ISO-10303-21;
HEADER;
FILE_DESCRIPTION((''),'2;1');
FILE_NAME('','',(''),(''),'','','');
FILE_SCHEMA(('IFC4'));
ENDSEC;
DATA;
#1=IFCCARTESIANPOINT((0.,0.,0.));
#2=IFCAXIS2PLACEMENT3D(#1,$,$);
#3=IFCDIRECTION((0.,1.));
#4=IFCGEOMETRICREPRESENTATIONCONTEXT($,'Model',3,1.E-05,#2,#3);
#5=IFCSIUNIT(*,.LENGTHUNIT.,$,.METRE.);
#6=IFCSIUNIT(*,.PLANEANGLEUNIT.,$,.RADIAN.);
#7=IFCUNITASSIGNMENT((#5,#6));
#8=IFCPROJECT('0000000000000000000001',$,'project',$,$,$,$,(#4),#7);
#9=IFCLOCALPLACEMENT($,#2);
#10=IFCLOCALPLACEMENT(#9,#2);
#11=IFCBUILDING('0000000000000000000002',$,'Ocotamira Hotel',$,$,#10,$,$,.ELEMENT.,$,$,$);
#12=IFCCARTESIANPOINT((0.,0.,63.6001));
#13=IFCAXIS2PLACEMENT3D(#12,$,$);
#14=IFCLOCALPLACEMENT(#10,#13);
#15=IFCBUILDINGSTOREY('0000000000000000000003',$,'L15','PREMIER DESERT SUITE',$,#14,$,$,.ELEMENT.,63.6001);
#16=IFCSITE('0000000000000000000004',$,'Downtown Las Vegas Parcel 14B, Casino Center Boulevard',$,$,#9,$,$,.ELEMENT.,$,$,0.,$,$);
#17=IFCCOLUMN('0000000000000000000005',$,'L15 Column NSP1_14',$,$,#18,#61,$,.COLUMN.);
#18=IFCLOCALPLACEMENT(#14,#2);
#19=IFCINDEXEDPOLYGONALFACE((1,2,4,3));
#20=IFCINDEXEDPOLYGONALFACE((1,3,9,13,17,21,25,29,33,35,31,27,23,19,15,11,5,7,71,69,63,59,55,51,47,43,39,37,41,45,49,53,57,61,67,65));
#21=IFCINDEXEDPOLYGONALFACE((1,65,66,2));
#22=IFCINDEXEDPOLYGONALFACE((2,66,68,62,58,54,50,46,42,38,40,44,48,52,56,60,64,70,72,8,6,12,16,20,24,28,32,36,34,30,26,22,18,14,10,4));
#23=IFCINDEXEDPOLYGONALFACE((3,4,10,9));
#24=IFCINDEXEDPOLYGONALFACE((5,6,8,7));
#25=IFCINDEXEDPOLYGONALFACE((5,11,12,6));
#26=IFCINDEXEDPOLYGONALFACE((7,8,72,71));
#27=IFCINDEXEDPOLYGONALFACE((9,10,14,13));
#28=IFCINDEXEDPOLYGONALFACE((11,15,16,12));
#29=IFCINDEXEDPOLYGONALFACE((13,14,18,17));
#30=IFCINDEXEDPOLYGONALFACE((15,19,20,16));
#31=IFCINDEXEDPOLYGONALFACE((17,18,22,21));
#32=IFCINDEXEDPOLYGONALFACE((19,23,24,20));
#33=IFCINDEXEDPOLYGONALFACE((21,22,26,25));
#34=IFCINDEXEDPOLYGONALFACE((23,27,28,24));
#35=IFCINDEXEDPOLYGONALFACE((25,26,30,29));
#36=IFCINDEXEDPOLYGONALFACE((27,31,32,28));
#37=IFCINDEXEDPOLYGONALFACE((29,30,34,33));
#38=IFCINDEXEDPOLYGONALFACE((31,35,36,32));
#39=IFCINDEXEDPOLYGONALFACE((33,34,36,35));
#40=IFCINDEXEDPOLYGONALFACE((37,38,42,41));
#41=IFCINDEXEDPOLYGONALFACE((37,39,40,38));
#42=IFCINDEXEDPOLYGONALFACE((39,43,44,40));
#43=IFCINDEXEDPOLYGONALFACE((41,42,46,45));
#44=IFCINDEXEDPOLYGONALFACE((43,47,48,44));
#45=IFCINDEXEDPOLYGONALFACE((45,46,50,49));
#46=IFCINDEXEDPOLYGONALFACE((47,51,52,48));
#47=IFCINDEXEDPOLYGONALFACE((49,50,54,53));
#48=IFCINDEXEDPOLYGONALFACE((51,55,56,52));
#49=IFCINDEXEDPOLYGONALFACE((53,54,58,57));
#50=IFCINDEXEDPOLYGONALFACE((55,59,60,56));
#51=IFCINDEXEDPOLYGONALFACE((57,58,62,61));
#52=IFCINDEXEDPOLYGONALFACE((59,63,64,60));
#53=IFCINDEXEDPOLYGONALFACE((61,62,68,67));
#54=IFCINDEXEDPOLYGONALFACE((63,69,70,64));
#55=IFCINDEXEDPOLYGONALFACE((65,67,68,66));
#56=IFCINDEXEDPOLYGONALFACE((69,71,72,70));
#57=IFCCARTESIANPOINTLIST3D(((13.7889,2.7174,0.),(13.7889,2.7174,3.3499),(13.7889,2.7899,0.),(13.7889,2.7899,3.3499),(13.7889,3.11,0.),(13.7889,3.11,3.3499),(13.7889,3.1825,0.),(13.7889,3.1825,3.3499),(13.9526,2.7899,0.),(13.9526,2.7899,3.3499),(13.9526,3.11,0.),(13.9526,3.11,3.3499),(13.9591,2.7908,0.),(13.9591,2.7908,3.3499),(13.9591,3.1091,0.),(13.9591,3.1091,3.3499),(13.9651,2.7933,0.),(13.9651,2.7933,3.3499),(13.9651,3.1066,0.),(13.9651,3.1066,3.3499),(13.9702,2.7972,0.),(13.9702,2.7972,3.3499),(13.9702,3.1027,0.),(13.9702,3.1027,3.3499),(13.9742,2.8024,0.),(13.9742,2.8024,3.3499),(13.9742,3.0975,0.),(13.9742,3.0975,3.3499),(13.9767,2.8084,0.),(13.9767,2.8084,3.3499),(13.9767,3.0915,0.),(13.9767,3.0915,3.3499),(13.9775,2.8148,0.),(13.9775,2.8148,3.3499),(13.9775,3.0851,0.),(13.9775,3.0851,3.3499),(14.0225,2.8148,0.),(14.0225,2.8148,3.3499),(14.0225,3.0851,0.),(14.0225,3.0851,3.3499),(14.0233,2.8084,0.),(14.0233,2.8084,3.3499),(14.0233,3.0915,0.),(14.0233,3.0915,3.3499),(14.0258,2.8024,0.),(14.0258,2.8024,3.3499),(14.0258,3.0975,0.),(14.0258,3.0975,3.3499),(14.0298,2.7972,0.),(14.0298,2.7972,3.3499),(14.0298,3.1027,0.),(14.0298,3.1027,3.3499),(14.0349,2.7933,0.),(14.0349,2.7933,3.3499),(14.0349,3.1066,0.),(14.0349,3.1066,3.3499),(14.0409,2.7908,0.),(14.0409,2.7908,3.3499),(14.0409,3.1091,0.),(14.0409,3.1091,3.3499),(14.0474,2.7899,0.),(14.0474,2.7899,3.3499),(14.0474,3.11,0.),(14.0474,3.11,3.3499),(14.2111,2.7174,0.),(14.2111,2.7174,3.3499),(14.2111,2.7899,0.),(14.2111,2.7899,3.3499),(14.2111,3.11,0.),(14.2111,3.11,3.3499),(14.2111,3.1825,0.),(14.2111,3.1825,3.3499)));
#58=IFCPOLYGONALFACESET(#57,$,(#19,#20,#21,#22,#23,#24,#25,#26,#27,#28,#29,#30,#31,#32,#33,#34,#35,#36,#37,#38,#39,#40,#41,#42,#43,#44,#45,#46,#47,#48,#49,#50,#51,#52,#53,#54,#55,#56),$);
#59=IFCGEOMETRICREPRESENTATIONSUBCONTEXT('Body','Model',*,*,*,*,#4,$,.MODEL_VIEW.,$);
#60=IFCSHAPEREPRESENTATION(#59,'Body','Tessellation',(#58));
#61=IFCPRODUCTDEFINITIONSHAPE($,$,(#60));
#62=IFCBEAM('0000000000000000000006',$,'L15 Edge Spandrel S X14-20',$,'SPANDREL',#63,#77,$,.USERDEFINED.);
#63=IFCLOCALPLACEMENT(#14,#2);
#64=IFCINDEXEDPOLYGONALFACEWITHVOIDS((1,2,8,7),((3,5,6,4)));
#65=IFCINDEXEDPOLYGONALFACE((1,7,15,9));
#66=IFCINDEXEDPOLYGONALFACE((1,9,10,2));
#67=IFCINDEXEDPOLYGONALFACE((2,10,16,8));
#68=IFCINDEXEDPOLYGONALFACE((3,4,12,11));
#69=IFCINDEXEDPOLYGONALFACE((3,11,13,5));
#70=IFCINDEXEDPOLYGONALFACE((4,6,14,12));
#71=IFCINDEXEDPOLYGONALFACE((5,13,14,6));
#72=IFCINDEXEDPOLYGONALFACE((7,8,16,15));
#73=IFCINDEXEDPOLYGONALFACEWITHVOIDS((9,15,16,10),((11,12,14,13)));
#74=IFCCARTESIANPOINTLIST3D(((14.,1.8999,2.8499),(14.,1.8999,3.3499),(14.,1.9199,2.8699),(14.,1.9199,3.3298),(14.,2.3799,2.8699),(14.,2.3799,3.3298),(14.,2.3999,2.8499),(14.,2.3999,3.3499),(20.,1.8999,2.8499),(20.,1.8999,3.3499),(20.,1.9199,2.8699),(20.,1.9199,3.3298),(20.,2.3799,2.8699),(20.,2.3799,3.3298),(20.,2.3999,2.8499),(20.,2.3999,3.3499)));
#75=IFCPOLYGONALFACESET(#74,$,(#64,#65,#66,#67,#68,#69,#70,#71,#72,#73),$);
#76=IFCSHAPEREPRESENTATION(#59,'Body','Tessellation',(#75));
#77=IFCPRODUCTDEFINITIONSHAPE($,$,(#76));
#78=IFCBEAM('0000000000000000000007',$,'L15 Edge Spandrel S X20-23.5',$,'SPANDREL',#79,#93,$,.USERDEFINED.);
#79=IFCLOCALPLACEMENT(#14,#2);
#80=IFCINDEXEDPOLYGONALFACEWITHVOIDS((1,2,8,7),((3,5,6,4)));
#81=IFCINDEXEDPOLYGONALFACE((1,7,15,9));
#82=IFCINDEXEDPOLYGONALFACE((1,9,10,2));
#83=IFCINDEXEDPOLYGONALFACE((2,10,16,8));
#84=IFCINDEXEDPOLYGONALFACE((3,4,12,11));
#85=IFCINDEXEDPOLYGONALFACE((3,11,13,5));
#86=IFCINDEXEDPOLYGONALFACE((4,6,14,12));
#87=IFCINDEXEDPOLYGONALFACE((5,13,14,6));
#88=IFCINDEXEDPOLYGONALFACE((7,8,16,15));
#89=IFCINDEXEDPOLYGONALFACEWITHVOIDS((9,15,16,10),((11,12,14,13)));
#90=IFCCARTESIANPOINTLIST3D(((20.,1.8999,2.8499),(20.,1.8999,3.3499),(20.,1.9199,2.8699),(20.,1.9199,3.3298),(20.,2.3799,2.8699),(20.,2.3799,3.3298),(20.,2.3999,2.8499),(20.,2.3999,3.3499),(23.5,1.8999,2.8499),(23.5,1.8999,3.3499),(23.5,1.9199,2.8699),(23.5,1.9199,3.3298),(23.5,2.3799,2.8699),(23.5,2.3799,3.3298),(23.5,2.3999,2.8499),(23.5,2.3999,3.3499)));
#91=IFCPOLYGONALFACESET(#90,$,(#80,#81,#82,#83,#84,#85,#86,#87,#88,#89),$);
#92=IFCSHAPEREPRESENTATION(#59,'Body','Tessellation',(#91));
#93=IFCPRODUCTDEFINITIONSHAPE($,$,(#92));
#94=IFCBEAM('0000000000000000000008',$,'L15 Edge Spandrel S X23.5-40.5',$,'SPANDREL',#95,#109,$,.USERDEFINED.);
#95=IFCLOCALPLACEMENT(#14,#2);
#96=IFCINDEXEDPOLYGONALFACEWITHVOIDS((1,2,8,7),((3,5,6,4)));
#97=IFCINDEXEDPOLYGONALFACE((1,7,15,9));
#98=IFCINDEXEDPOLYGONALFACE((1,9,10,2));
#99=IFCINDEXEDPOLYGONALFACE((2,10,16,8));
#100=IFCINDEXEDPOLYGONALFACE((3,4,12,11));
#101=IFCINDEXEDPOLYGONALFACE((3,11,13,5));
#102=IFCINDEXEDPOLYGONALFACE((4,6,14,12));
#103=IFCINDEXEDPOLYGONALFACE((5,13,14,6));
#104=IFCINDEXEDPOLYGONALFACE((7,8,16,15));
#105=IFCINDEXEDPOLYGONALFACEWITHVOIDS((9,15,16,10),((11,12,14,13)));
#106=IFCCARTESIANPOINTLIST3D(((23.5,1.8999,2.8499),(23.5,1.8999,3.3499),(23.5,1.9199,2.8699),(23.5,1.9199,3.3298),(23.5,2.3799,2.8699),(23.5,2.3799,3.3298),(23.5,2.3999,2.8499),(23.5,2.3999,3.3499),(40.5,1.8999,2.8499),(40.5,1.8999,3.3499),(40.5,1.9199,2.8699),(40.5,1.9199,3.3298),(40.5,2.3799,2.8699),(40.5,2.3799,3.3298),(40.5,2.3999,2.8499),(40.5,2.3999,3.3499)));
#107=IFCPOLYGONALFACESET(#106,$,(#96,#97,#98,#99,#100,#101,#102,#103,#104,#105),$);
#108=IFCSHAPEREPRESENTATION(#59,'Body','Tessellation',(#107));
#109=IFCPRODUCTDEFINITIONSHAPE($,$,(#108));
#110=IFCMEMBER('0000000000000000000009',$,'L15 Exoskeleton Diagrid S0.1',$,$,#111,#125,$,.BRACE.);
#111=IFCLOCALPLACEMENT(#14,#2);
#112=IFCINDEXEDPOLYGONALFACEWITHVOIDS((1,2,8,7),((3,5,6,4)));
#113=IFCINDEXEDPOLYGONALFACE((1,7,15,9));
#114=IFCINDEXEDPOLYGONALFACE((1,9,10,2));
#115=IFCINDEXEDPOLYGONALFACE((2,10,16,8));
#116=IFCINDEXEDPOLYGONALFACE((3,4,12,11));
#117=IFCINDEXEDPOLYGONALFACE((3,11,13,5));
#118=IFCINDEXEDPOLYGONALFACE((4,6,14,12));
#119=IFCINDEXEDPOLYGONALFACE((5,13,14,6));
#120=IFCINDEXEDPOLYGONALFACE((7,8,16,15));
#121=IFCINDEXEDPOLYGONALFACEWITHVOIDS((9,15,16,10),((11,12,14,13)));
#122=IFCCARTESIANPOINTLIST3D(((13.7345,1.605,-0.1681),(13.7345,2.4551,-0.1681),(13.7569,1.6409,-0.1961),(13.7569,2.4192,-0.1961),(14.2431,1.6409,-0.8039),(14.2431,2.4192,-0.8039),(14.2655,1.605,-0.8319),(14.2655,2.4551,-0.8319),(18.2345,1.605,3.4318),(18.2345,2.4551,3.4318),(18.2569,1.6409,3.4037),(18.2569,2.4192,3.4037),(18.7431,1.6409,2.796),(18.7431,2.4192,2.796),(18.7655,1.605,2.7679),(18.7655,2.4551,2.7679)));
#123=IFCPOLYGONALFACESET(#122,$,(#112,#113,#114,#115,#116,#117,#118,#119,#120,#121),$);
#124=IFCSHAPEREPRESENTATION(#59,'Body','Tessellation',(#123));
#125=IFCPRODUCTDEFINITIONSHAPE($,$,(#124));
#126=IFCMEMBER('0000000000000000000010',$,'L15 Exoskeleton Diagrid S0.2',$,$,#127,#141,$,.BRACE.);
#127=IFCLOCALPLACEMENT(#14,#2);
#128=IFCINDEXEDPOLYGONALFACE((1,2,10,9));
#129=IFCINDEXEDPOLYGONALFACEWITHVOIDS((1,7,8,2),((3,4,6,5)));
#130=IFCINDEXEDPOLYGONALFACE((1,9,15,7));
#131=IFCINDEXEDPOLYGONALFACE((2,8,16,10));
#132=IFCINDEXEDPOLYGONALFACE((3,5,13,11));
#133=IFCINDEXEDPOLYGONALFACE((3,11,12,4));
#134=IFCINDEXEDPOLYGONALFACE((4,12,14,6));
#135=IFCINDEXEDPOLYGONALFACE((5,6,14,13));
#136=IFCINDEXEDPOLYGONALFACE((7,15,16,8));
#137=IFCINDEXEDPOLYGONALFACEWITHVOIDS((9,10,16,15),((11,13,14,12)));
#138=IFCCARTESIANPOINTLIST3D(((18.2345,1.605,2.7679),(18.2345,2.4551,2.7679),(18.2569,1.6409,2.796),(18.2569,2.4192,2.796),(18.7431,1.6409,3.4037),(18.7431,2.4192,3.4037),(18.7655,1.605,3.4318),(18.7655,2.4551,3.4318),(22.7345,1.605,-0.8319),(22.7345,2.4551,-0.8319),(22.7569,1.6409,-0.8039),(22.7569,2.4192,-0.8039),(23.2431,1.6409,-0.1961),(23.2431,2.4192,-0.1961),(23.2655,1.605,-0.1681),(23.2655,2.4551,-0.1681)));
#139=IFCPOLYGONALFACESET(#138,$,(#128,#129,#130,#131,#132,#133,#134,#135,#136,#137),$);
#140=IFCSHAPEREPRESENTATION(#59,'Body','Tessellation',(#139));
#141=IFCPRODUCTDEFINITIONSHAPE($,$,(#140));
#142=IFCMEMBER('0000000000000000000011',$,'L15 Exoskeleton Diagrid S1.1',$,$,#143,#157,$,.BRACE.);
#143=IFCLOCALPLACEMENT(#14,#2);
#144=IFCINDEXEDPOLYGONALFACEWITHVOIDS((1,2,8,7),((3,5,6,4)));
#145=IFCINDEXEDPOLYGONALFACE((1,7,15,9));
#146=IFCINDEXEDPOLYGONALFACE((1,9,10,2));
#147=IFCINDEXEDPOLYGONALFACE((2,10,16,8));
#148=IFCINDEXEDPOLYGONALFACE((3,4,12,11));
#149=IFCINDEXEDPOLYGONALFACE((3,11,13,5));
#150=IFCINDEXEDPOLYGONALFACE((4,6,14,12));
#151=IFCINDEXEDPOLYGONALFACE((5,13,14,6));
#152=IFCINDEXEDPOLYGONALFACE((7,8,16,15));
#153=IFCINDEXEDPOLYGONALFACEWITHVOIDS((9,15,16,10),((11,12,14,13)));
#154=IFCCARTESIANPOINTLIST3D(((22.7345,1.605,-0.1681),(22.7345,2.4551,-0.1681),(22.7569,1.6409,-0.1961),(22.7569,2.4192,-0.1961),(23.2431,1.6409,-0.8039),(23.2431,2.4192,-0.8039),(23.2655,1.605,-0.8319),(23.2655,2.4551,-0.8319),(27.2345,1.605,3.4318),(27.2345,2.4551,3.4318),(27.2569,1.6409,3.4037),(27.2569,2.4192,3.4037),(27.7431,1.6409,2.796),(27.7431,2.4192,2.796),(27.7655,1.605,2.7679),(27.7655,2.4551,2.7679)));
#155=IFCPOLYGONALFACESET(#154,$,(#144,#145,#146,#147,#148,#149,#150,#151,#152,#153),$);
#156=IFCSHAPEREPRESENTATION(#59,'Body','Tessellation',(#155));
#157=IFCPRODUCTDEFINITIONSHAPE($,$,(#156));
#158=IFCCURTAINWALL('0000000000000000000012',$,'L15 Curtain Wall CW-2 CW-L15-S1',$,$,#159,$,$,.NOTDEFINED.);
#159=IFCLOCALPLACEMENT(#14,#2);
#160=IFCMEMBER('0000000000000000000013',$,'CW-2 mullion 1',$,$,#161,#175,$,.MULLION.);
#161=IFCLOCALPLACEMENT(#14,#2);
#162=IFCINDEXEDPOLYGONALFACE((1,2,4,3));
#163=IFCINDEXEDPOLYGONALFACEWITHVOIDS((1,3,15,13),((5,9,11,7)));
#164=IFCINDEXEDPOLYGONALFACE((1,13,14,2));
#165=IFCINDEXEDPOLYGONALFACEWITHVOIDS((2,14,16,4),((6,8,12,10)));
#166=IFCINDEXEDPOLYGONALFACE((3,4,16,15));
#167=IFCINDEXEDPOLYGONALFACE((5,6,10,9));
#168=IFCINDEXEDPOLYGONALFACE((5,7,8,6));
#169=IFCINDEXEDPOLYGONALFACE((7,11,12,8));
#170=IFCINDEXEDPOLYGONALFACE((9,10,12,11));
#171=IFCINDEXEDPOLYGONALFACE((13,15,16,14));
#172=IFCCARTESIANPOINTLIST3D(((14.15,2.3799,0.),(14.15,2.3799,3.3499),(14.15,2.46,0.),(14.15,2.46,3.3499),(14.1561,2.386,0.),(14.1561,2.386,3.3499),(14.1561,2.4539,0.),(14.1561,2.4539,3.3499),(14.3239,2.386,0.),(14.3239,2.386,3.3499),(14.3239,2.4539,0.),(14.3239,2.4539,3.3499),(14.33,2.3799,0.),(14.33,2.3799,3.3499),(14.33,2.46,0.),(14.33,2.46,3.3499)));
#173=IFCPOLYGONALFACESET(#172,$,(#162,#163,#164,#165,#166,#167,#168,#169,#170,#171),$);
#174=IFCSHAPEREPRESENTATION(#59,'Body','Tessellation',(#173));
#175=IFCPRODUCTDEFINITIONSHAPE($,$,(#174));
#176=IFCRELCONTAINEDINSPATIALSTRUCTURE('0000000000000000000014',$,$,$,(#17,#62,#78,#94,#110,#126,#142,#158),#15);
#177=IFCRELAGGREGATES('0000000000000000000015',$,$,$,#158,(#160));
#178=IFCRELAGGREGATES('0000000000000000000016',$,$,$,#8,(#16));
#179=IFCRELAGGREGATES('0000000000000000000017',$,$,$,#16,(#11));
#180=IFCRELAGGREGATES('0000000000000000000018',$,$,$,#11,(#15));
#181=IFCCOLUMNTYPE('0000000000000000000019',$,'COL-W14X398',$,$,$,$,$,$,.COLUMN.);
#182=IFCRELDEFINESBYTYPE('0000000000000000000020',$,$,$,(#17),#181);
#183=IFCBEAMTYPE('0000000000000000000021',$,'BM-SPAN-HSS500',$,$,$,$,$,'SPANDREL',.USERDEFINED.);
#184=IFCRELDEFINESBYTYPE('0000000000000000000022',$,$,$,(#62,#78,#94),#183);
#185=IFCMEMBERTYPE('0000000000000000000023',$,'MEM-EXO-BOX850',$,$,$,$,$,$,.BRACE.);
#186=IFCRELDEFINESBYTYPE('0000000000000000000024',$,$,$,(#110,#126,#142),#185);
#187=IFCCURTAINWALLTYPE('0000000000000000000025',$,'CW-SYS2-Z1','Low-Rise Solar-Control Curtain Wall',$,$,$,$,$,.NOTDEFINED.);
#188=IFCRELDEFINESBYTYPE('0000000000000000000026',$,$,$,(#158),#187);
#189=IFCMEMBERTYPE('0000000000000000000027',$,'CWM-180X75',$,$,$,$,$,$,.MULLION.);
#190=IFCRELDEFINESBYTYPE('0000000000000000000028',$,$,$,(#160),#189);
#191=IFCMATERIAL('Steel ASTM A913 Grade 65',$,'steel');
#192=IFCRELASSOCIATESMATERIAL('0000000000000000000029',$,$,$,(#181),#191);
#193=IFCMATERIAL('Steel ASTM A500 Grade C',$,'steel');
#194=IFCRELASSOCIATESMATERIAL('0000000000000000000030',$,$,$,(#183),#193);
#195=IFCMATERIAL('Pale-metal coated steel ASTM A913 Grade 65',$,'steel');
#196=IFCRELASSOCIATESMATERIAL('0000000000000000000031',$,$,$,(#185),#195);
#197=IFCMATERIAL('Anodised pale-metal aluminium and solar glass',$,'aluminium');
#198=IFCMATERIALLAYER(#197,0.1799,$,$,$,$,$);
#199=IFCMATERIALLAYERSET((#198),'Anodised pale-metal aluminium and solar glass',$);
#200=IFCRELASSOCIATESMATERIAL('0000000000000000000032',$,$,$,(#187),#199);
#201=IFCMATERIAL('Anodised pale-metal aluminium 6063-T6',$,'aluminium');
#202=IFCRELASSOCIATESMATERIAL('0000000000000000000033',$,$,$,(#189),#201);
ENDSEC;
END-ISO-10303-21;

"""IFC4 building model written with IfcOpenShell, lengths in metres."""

from ifc_helpers import new_model, si_unit, direction, frame, origin, origin_2d, place, context, subcontext, project, spatial, hollow_rectangle, i_section, extrude, source, transform, mapped, material, layer, layer_set, material_profile, profile_set, type_object, element, aggregate, save


model = new_model("IFC4")

# Units and contexts
model_context = context("Model", 3, precision=1e-05, world=origin(), true_north=direction((0.0, 1.0)))
body_context = subcontext(model_context, "Body", "Model", "MODEL_VIEW")
ifc_project = project(units=[si_unit("LENGTHUNIT", "METRE"), si_unit("PLANEANGLEUNIT", "RADIAN")], contexts=[model_context])

# Site, building, storey
site_placement = place(None, origin())
site = spatial("IfcSite", under=ifc_project, at=site_placement, Name="Downtown Las Vegas Parcel 14B, Casino Center Boulevard", CompositionType="ELEMENT", RefElevation=0.0)
building_placement = place(site_placement, origin())
building = spatial("IfcBuilding", under=site, at=building_placement, Name="Ocotamira Hotel", CompositionType="ELEMENT")
storey_placement = place(building_placement, frame((0.0, 0.0, 63.6001)))
storey = spatial("IfcBuildingStorey", under=building, at=storey_placement, Name="L15", Description="PREMIER DESERT SUITE", CompositionType="ELEMENT", Elevation=63.6001)

# Column
ifc_material_1 = material(Name="Steel ASTM A913 Grade 65", Category="steel")
ifc_material_profile_1 = material_profile(ifc_material_1, i_section(OverallWidth=0.4221, OverallDepth=0.4651, WebThickness=0.0449, FlangeThickness=0.0725, FilletRadius=0.0249, at=origin_2d()), Name="W14X398")
ifc_profile_set_1 = profile_set([ifc_material_profile_1], Name="Steel ASTM A913 Grade 65")
column_type = type_object("IfcColumnType", Name="COL-W14X398", PredefinedType="COLUMN", material=ifc_profile_set_1)
shared_shape_1 = source(origin(), body_context, "Body", "SweptSolid", [
    extrude(i_section(OverallWidth=0.4221, OverallDepth=0.4651, WebThickness=0.0449, FlangeThickness=0.0725, FilletRadius=0.0249, at=origin_2d()), origin(), (0.0, 0.0, 1.0), 3.3499),
])
column_placement = place(storey_placement, frame((14.0, 2.95, 0.0), z_axis=(0.0, 0.0, 1.0), x_axis=(1.0, 0.0, 0.0)))
element("IfcColumn", 1, at=column_placement, inside=storey, type_object=column_type, Name="L15 Column NSP1_14", PredefinedType="COLUMN", context=body_context, shape_type="MappedRepresentation", body=[
    mapped(shared_shape_1, transform((0.0, 0.0, 0.0), scale=1.0)),
])

# Beams
ifc_material_2 = material(Name="Steel ASTM A500 Grade C", Category="steel")
ifc_material_profile_2 = material_profile(ifc_material_2, hollow_rectangle(XDim=0.5, YDim=0.5, WallThickness=0.02, at=origin_2d()), Name="HSS500X500X20")
ifc_profile_set_2 = profile_set([ifc_material_profile_2], Name="Steel ASTM A500 Grade C")
beam_type = type_object("IfcBeamType", Name="BM-SPAN-HSS500", ElementType="SPANDREL", PredefinedType="USERDEFINED", material=ifc_profile_set_2)
shared_shape_2 = source(origin(), body_context, "Body", "SweptSolid", [
    extrude(hollow_rectangle(XDim=0.5, YDim=0.5, WallThickness=0.02, at=origin_2d()), origin(), (0.0, 0.0, 1.0), 6.0),
])
beam_1_placement = place(storey_placement, frame((14.0, 2.1499, 3.0999), z_axis=(1.0, 0.0, 0.0), x_axis=(0.0, 1.0, 0.0)))
element("IfcBeam", 2, at=beam_1_placement, inside=storey, type_object=beam_type, Name="L15 Edge Spandrel S X14-20", ObjectType="SPANDREL", PredefinedType="USERDEFINED", context=body_context, shape_type="MappedRepresentation", body=[
    mapped(shared_shape_2, transform((0.0, 0.0, 0.0), scale=1.0)),
])
shared_shape_3 = source(origin(), body_context, "Body", "SweptSolid", [
    extrude(hollow_rectangle(XDim=0.5, YDim=0.5, WallThickness=0.02, at=origin_2d()), origin(), (0.0, 0.0, 1.0), 3.5),
])
beam_2_placement = place(storey_placement, frame((20.0, 2.1499, 3.0999), z_axis=(1.0, 0.0, 0.0), x_axis=(0.0, 1.0, 0.0)))
element("IfcBeam", 3, at=beam_2_placement, inside=storey, type_object=beam_type, Name="L15 Edge Spandrel S X20-23.5", ObjectType="SPANDREL", PredefinedType="USERDEFINED", context=body_context, shape_type="MappedRepresentation", body=[
    mapped(shared_shape_3, transform((0.0, 0.0, 0.0), scale=1.0)),
])
shared_shape_4 = source(origin(), body_context, "Body", "SweptSolid", [
    extrude(hollow_rectangle(XDim=0.5, YDim=0.5, WallThickness=0.02, at=origin_2d()), origin(), (0.0, 0.0, 1.0), 17.0),
])
beam_3_placement = place(storey_placement, frame((23.5, 2.1499, 3.0999), z_axis=(1.0, 0.0, 0.0), x_axis=(0.0, 1.0, 0.0)))
element("IfcBeam", 4, at=beam_3_placement, inside=storey, type_object=beam_type, Name="L15 Edge Spandrel S X23.5-40.5", ObjectType="SPANDREL", PredefinedType="USERDEFINED", context=body_context, shape_type="MappedRepresentation", body=[
    mapped(shared_shape_4, transform((0.0, 0.0, 0.0), scale=1.0)),
])

# Members
ifc_material_3 = material(Name="Pale-metal coated steel ASTM A913 Grade 65", Category="steel")
ifc_material_profile_3 = material_profile(ifc_material_3, hollow_rectangle(XDim=0.8501, YDim=0.8501, WallThickness=0.0359, at=origin_2d()), Name="BOX850X850X36")
ifc_profile_set_3 = profile_set([ifc_material_profile_3], Name="Pale-metal coated steel ASTM A913 Grade 65")
member_type_1 = type_object("IfcMemberType", Name="MEM-EXO-BOX850", PredefinedType="BRACE", material=ifc_profile_set_3)
shared_shape_5 = source(origin(), body_context, "Body", "SweptSolid", [
    extrude(hollow_rectangle(XDim=0.8501, YDim=0.8501, WallThickness=0.0359, at=origin_2d()), origin(), (0.0, 0.0, 1.0), 5.7627),
])
for number, where, z_axis, x_axis, name in (
    (5, (14.0, 2.03, -0.5), (0.780881, 0.0, 0.62468), (0.0, 1.0, 0.0), "L15 Exoskeleton Diagrid S0.1"),
    (6, (23.0, 2.03, -0.5), (-0.780881, 0.0, 0.62468), (0.0, -1.0, 0.0), "L15 Exoskeleton Diagrid S0.2"),
    (7, (23.0, 2.03, -0.5), (0.780881, 0.0, 0.62468), (0.0, 1.0, 0.0), "L15 Exoskeleton Diagrid S1.1"),
):
    element("IfcMember", number, at=place(storey_placement, frame(where, z_axis=z_axis, x_axis=x_axis)), inside=storey, type_object=member_type_1, Name=name, PredefinedType="BRACE", context=body_context, shape_type="MappedRepresentation", body=[
        mapped(shared_shape_5, transform((0.0, 0.0, 0.0), scale=1.0)),
    ])

# Curtain wall, member
ifc_material_4 = material(Name="Anodised pale-metal aluminium and solar glass", Category="aluminium")
ifc_layer_1 = layer(ifc_material_4, 0.1799)
ifc_layer_set_1 = layer_set([ifc_layer_1], Name="Anodised pale-metal aluminium and solar glass")
curtain_wall_type = type_object("IfcCurtainWallType", Name="CW-SYS2-Z1", Description="Low-Rise Solar-Control Curtain Wall", PredefinedType="NOTDEFINED", material=ifc_layer_set_1)
curtain_wall_placement = place(storey_placement, origin())
curtain_wall = element("IfcCurtainWall", 8, at=curtain_wall_placement, inside=storey, type_object=curtain_wall_type, Name="L15 Curtain Wall CW-2 CW-L15-S1", PredefinedType="NOTDEFINED")
ifc_material_5 = material(Name="Anodised pale-metal aluminium 6063-T6", Category="aluminium")
ifc_material_profile_4 = material_profile(ifc_material_5, hollow_rectangle(XDim=0.0801, YDim=0.1799, WallThickness=0.0061, at=origin_2d()), Name="HSS180X80X6")
ifc_profile_set_4 = profile_set([ifc_material_profile_4], Name="Anodised pale-metal aluminium 6063-T6")
member_type_2 = type_object("IfcMemberType", Name="CWM-180X75", PredefinedType="MULLION", material=ifc_profile_set_4)
shared_shape_6 = source(origin(), body_context, "Body", "SweptSolid", [
    extrude(hollow_rectangle(XDim=0.0801, YDim=0.1799, WallThickness=0.0061, at=origin_2d()), origin(), (0.0, 0.0, 1.0), 3.3499),
])
member_1_placement = place(storey_placement, frame((14.24, 2.4199, 0.0), z_axis=(0.0, 0.0, 1.0), x_axis=(0.0, 1.0, 0.0)))
member_1 = element("IfcMember", 9, at=member_1_placement, type_object=member_type_2, Name="CW-2 mullion 1", PredefinedType="MULLION", context=body_context, shape_type="MappedRepresentation", body=[
    mapped(shared_shape_6, transform((0.0, 0.0, 0.0), scale=1.0)),
])

aggregate(curtain_wall, [member_1])

save(model, "model.ifc")
